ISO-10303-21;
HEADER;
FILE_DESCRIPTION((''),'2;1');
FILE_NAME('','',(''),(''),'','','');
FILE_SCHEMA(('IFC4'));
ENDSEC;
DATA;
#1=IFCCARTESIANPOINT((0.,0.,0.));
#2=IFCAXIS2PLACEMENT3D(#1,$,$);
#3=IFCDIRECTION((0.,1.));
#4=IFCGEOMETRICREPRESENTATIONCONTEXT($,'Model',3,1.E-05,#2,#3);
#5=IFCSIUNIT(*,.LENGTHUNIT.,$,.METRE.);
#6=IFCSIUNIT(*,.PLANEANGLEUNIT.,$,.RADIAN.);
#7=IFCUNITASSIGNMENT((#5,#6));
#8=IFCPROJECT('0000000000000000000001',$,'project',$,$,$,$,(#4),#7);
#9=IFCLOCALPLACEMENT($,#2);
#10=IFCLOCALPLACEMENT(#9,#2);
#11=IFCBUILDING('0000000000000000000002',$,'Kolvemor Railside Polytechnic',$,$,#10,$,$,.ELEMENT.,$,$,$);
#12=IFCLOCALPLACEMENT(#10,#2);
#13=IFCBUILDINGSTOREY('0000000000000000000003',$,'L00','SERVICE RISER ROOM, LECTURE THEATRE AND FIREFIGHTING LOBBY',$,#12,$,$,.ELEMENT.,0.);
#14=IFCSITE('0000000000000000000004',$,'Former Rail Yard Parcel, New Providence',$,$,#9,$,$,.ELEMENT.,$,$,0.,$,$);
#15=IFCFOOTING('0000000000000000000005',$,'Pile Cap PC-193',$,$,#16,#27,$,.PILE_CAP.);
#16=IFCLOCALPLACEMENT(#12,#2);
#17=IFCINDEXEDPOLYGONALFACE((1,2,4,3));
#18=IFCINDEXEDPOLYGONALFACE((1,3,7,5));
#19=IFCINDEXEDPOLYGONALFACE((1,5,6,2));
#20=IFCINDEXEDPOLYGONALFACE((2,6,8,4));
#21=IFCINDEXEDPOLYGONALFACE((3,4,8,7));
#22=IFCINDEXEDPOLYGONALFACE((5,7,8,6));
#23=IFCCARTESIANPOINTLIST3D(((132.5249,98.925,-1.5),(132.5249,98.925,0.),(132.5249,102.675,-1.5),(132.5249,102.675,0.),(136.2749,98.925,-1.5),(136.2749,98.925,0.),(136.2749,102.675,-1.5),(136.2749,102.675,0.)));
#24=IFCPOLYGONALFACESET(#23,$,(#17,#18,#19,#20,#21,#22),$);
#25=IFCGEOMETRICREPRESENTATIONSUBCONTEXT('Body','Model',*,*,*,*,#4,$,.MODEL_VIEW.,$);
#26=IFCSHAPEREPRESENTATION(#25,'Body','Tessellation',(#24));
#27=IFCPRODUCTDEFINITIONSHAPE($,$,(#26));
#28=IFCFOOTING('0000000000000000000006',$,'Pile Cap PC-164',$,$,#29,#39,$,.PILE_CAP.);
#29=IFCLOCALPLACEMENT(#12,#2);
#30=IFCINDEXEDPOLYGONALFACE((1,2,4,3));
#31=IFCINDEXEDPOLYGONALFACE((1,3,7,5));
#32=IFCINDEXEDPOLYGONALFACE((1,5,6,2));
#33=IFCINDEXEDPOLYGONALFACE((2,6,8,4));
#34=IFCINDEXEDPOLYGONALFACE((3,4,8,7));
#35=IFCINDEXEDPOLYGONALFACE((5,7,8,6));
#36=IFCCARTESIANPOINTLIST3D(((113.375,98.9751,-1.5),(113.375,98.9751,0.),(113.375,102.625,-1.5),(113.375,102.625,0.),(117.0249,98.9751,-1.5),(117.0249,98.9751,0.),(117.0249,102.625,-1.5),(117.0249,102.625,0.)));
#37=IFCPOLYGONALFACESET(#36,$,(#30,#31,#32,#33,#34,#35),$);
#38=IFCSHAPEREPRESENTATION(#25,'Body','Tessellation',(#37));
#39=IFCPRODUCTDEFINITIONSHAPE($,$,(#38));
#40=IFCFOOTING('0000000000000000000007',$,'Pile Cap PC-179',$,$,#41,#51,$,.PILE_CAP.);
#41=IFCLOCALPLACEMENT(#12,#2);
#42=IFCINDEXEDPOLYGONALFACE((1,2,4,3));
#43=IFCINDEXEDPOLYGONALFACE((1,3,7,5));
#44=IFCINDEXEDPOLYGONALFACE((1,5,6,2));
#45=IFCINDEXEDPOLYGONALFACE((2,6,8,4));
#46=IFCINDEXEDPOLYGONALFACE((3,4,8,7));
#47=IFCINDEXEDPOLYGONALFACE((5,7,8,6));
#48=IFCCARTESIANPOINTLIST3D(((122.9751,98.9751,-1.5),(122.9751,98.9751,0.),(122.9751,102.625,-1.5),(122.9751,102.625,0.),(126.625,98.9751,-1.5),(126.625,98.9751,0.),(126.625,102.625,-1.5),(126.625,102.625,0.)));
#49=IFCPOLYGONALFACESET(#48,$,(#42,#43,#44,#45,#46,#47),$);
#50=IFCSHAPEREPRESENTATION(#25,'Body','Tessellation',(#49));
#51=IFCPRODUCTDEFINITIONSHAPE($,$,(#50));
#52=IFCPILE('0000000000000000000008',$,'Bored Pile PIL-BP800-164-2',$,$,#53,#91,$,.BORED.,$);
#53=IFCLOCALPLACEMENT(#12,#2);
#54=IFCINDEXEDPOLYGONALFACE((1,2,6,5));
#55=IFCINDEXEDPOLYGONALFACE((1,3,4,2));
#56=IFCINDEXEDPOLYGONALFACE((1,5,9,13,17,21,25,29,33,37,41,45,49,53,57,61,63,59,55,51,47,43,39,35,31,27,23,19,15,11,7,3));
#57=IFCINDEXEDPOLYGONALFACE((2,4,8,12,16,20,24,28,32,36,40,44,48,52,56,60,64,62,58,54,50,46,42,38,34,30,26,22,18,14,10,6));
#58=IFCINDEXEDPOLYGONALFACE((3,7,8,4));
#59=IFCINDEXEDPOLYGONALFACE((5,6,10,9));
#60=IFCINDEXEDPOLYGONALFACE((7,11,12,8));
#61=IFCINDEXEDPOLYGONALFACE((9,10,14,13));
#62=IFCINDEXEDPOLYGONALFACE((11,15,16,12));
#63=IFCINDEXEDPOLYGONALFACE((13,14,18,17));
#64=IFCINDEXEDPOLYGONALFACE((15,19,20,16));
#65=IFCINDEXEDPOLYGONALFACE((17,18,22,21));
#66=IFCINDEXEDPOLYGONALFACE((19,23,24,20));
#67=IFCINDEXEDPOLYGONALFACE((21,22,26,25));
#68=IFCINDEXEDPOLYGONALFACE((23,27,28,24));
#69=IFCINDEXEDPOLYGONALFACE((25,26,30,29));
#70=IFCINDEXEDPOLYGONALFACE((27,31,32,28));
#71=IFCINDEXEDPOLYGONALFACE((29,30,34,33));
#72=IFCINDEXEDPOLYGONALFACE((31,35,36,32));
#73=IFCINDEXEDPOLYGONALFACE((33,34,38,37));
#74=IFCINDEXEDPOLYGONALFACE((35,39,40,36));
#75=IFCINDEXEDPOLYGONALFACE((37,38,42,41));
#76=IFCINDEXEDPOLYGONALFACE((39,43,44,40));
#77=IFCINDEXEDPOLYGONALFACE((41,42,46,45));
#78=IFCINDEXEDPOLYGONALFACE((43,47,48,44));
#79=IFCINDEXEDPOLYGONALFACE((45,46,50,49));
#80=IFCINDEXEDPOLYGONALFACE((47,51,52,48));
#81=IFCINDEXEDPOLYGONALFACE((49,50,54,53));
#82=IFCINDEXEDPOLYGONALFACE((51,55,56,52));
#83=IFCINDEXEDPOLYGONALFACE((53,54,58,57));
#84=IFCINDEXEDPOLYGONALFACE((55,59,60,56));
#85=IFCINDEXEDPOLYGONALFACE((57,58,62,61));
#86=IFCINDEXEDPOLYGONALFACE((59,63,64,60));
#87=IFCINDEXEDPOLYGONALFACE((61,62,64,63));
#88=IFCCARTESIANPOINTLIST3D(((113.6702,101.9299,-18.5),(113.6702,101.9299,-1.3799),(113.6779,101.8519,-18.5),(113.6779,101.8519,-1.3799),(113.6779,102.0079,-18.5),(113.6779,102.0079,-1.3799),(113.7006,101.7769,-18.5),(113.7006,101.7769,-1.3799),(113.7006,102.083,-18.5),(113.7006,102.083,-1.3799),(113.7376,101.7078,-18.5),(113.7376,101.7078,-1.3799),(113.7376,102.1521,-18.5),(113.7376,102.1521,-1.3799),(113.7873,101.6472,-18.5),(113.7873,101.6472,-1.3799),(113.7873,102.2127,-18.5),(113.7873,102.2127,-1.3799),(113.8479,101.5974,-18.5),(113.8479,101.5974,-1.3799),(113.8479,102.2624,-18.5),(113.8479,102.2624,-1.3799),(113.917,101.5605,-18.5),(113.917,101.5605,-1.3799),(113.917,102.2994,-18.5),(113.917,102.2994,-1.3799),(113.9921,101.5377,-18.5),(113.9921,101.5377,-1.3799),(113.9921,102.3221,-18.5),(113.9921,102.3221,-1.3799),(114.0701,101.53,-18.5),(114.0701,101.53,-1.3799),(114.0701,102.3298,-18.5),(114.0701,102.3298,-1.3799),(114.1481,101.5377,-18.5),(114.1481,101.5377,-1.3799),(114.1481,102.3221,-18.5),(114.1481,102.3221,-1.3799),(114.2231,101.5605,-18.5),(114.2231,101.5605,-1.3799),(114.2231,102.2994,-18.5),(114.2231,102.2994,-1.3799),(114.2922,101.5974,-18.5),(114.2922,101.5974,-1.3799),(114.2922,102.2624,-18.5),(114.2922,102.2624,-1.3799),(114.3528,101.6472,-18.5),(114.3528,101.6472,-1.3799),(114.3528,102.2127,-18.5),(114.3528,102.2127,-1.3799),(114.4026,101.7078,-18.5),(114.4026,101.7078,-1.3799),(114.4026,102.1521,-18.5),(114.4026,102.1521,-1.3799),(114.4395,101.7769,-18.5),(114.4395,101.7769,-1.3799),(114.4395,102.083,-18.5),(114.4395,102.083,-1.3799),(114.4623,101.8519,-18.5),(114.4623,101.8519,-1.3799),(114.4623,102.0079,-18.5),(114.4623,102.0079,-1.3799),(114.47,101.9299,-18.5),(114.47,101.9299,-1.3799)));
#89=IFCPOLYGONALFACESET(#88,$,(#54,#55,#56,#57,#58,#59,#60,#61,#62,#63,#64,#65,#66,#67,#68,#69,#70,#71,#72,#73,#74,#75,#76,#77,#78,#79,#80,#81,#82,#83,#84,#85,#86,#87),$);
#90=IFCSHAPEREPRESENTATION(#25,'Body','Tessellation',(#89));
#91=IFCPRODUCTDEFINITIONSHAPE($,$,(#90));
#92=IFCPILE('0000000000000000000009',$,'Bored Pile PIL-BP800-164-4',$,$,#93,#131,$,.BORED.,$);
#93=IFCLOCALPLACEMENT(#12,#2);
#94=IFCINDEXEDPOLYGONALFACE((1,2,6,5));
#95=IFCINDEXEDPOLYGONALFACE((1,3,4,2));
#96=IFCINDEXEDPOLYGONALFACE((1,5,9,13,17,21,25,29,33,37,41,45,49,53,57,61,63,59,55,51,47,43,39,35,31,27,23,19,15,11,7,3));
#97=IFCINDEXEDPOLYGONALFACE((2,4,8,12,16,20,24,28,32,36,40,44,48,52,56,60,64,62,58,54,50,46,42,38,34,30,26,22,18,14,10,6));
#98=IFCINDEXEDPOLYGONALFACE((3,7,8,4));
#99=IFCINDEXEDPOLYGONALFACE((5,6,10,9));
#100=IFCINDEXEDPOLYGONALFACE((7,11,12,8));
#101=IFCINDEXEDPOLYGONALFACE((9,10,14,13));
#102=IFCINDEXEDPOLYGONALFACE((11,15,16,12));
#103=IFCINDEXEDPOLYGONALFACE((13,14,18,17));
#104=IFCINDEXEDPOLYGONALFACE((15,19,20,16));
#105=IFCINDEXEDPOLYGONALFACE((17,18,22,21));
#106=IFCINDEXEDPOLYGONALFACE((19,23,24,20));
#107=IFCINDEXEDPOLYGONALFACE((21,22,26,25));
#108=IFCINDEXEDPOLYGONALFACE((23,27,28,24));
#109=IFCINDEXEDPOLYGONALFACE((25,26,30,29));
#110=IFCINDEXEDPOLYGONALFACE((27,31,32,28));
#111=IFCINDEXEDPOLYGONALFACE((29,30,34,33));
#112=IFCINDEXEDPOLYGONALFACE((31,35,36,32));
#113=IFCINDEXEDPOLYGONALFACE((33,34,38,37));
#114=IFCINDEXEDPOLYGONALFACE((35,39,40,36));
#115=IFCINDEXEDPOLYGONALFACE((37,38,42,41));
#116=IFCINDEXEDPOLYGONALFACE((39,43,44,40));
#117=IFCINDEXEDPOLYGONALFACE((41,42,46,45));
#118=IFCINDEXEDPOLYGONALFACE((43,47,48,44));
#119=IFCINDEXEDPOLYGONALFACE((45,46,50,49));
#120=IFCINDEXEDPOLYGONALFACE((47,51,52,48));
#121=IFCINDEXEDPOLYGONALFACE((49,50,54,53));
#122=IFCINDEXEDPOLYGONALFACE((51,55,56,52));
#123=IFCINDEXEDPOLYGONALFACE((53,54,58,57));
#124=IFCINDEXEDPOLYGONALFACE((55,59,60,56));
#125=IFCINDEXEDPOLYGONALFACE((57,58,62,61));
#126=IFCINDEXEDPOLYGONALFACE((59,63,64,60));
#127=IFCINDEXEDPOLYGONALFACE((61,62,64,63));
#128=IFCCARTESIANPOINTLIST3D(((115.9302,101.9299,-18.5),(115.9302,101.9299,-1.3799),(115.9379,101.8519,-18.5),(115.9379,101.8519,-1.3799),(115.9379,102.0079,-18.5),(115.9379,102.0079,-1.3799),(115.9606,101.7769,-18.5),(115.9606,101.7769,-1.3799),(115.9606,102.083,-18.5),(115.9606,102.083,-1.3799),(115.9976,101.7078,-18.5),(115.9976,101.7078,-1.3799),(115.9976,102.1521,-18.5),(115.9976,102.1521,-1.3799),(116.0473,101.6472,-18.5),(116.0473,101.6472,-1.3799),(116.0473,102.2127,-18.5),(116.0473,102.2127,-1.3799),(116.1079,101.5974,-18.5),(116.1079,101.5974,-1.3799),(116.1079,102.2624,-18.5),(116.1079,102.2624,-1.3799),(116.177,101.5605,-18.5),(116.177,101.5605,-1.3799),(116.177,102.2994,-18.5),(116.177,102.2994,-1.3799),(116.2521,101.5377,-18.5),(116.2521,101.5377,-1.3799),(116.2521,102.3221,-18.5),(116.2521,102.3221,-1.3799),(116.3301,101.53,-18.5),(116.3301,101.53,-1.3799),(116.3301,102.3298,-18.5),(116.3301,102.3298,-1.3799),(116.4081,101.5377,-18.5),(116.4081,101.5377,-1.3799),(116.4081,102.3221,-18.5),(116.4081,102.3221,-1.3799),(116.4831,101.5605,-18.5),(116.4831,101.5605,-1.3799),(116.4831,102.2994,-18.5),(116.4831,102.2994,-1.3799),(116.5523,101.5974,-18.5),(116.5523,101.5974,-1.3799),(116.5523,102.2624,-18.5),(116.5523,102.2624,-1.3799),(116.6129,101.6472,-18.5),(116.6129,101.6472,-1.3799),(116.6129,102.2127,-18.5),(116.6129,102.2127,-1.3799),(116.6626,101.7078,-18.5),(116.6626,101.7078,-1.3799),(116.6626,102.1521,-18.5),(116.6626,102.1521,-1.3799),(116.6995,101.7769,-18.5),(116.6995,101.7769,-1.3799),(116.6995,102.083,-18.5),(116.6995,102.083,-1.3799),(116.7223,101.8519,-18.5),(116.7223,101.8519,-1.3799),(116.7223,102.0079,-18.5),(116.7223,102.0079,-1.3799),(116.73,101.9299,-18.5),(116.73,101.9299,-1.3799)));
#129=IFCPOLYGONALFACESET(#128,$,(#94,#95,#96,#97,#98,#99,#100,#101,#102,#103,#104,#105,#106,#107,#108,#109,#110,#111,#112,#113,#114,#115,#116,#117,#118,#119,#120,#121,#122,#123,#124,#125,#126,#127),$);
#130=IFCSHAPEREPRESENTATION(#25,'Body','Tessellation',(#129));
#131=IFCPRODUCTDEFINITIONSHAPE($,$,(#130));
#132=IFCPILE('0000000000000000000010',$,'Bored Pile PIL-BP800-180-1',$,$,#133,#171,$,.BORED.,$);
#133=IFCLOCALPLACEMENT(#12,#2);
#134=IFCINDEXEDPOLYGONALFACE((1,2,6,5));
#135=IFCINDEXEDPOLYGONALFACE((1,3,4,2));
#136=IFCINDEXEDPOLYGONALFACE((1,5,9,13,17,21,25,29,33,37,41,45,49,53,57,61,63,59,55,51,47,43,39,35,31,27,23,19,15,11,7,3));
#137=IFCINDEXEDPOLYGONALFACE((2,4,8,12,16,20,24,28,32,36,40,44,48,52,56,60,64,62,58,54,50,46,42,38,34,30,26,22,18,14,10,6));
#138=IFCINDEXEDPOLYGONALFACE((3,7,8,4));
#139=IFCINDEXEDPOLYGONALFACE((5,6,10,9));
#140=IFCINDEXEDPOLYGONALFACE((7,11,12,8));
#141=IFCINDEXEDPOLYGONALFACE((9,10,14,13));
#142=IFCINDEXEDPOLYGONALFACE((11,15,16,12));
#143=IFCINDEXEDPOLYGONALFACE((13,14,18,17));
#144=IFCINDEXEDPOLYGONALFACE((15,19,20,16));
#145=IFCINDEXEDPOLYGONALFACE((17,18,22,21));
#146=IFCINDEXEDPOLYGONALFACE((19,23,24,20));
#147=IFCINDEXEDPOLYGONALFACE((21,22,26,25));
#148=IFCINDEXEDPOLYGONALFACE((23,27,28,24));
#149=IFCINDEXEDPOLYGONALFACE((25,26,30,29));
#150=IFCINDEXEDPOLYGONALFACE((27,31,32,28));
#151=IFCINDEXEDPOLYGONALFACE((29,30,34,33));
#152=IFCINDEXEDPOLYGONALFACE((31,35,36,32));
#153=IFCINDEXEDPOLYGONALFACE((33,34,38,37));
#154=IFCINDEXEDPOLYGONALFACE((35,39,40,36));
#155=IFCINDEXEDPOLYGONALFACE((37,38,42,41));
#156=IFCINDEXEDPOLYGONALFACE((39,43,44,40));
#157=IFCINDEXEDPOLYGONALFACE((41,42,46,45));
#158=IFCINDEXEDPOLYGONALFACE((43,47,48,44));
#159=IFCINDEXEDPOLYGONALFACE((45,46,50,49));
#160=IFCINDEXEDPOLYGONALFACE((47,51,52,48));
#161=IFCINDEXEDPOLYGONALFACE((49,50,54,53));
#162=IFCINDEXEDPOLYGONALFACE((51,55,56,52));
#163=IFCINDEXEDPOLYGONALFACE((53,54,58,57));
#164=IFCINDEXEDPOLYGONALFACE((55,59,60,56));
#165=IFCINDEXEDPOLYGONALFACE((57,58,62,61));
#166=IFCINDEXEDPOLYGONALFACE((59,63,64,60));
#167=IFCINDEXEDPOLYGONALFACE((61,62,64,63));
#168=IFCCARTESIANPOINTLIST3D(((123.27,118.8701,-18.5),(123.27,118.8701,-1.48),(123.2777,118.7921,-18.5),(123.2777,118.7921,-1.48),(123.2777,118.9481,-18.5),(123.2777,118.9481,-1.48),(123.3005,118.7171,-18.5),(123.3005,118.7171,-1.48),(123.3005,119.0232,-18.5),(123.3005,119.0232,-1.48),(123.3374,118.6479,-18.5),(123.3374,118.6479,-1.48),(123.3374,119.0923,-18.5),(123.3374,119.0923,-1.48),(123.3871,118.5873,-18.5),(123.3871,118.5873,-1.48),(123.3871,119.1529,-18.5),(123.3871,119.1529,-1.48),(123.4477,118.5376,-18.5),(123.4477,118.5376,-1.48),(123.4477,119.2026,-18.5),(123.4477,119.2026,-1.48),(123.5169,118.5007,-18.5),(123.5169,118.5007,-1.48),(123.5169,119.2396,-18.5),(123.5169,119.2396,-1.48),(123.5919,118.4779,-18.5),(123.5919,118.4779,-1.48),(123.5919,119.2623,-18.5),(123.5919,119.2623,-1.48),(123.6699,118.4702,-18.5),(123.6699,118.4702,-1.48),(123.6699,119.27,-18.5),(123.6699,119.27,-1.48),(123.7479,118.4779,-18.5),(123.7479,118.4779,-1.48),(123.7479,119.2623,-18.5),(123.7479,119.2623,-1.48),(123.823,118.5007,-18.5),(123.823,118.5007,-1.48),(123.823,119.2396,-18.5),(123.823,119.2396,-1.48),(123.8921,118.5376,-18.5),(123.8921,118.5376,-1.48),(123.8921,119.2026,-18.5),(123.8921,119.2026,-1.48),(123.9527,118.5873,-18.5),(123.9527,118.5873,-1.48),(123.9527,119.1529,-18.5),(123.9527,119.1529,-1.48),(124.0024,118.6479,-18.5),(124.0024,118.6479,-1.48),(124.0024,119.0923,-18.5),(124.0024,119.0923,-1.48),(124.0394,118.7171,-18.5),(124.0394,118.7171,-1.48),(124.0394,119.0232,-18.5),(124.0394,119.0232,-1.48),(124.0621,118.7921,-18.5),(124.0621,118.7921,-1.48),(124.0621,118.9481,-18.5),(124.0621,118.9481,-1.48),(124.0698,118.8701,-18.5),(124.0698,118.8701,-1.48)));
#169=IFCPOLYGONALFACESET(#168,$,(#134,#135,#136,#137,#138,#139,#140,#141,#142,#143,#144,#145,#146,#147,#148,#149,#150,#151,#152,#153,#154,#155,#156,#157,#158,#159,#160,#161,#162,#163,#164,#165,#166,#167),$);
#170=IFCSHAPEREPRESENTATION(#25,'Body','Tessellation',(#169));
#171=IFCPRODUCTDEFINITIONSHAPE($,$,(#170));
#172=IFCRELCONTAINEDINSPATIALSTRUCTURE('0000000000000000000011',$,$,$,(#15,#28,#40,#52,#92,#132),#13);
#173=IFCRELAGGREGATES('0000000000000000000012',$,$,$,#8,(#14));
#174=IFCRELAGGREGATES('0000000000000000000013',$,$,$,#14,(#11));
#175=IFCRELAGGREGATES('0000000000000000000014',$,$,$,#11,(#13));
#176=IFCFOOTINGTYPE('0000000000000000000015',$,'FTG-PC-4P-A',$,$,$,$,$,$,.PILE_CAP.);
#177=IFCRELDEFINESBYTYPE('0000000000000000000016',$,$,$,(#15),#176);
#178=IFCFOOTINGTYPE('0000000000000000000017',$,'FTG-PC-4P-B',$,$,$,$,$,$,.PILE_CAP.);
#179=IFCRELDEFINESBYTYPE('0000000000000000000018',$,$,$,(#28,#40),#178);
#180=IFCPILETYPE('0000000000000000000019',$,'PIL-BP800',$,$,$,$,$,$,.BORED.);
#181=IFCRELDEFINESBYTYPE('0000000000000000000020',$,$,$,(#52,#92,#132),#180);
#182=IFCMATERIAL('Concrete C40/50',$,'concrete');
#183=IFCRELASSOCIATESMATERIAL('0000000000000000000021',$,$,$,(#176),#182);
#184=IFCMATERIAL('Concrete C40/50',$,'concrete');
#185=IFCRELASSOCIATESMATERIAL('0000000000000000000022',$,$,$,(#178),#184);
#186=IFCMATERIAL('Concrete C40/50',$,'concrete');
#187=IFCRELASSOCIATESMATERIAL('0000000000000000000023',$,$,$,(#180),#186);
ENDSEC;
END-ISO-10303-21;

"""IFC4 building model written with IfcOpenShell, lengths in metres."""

from ifc_helpers import new_model, si_unit, direction, frame, origin, origin_2d, place, context, subcontext, project, spatial, rectangle, circle, extrude, material, material_profile, profile_set, type_object, element, save


model = new_model("IFC4")

# Units and contexts
model_context = context("Model", 3, precision=1e-05, world=origin(), true_north=direction((0.0, 1.0)))
body_context = subcontext(model_context, "Body", "Model", "MODEL_VIEW")
ifc_project = project(units=[si_unit("LENGTHUNIT", "METRE"), si_unit("PLANEANGLEUNIT", "RADIAN")], contexts=[model_context])

# Site, building, storey
site_placement = place(None, origin())
site = spatial("IfcSite", under=ifc_project, at=site_placement, Name="Former Rail Yard Parcel, New Providence", CompositionType="ELEMENT", RefElevation=0.0)
building_placement = place(site_placement, origin())
building = spatial("IfcBuilding", under=site, at=building_placement, Name="Kolvemor Railside Polytechnic", CompositionType="ELEMENT")
storey_placement = place(building_placement, origin())
storey = spatial("IfcBuildingStorey", under=building, at=storey_placement, Name="L00", Description="SERVICE RISER ROOM, LECTURE THEATRE AND FIREFIGHTING LOBBY", CompositionType="ELEMENT", Elevation=0.0)

# Footings
ifc_material_1 = material(Name="Concrete C40/50", Category="concrete")
footing_type_1 = type_object("IfcFootingType", Name="FTG-PC-4P-A", PredefinedType="PILE_CAP", material=ifc_material_1)
footing_placement = place(storey_placement, frame((134.3999, 100.8, -1.5), z_axis=(0.0, 0.0, 1.0), x_axis=(1.0, 0.0, 0.0)))
element("IfcFooting", 1, at=footing_placement, inside=storey, type_object=footing_type_1, Name="Pile Cap PC-193", PredefinedType="PILE_CAP", context=body_context, shape_type="SweptSolid", body=[
    extrude(rectangle(XDim=3.75, YDim=3.75, at=origin_2d()), origin(), (0.0, 0.0, 1.0), 1.5),
])
ifc_material_2 = material(Name="Concrete C40/50", Category="concrete")
footing_type_2 = type_object("IfcFootingType", Name="FTG-PC-4P-B", PredefinedType="PILE_CAP", material=ifc_material_2)
for number, where, z_axis, x_axis, name in (
    (2, (115.2, 100.8, -1.5), (0.0, 0.0, 1.0), (1.0, 0.0, 0.0), "Pile Cap PC-164"),
    (3, (124.8, 100.8, -1.5), (0.0, 0.0, 1.0), (1.0, 0.0, 0.0), "Pile Cap PC-179"),
):
    element("IfcFooting", number, at=place(storey_placement, frame(where, z_axis=z_axis, x_axis=x_axis)), inside=storey, type_object=footing_type_2, Name=name, PredefinedType="PILE_CAP", context=body_context, shape_type="SweptSolid", body=[
        extrude(rectangle(XDim=3.6499, YDim=3.6499, at=origin_2d()), origin(), (0.0, 0.0, 1.0), 1.5),
    ])

# Piles
ifc_material_3 = material(Name="Concrete C40/50", Category="concrete")
ifc_material_profile_1 = material_profile(ifc_material_3, circle(Radius=0.3999, at=origin_2d()), Name="BP800")
ifc_profile_set_1 = profile_set([ifc_material_profile_1], Name="Concrete C40/50")
pile_type_1 = type_object("IfcPileType", Name="PIL-BP800", PredefinedType="BORED", material=ifc_profile_set_1)
for number, where, z_axis, x_axis, name in (
    (4, (114.0701, 101.9299, -1.3799), (0.0, 0.0, -1.0), (1.0, 0.0, 0.0), "Bored Pile PIL-BP800-164-2"),
    (5, (116.3301, 101.9299, -1.3799), (0.0, 0.0, -1.0), (1.0, 0.0, 0.0), "Bored Pile PIL-BP800-164-4"),
):
    element("IfcPile", number, at=place(storey_placement, frame(where, z_axis=z_axis, x_axis=x_axis)), inside=storey, type_object=pile_type_1, Name=name, PredefinedType="BORED", context=body_context, shape_type="SweptSolid", body=[
        extrude(circle(Radius=0.3999, at=origin_2d()), origin(), (0.0, 0.0, 1.0), 17.1201),
    ])
for number, where, z_axis, x_axis, name in (
    (6, (123.6699, 118.8701, -1.48), (0.0, 0.0, -1.0), (1.0, 0.0, 0.0), "Bored Pile PIL-BP800-180-1"),
):
    element("IfcPile", number, at=place(storey_placement, frame(where, z_axis=z_axis, x_axis=x_axis)), inside=storey, type_object=pile_type_1, Name=name, PredefinedType="BORED", context=body_context, shape_type="SweptSolid", body=[
        extrude(circle(Radius=0.3999, at=origin_2d()), origin(), (0.0, 0.0, 1.0), 17.02),
    ])

save(model, "model.ifc")
